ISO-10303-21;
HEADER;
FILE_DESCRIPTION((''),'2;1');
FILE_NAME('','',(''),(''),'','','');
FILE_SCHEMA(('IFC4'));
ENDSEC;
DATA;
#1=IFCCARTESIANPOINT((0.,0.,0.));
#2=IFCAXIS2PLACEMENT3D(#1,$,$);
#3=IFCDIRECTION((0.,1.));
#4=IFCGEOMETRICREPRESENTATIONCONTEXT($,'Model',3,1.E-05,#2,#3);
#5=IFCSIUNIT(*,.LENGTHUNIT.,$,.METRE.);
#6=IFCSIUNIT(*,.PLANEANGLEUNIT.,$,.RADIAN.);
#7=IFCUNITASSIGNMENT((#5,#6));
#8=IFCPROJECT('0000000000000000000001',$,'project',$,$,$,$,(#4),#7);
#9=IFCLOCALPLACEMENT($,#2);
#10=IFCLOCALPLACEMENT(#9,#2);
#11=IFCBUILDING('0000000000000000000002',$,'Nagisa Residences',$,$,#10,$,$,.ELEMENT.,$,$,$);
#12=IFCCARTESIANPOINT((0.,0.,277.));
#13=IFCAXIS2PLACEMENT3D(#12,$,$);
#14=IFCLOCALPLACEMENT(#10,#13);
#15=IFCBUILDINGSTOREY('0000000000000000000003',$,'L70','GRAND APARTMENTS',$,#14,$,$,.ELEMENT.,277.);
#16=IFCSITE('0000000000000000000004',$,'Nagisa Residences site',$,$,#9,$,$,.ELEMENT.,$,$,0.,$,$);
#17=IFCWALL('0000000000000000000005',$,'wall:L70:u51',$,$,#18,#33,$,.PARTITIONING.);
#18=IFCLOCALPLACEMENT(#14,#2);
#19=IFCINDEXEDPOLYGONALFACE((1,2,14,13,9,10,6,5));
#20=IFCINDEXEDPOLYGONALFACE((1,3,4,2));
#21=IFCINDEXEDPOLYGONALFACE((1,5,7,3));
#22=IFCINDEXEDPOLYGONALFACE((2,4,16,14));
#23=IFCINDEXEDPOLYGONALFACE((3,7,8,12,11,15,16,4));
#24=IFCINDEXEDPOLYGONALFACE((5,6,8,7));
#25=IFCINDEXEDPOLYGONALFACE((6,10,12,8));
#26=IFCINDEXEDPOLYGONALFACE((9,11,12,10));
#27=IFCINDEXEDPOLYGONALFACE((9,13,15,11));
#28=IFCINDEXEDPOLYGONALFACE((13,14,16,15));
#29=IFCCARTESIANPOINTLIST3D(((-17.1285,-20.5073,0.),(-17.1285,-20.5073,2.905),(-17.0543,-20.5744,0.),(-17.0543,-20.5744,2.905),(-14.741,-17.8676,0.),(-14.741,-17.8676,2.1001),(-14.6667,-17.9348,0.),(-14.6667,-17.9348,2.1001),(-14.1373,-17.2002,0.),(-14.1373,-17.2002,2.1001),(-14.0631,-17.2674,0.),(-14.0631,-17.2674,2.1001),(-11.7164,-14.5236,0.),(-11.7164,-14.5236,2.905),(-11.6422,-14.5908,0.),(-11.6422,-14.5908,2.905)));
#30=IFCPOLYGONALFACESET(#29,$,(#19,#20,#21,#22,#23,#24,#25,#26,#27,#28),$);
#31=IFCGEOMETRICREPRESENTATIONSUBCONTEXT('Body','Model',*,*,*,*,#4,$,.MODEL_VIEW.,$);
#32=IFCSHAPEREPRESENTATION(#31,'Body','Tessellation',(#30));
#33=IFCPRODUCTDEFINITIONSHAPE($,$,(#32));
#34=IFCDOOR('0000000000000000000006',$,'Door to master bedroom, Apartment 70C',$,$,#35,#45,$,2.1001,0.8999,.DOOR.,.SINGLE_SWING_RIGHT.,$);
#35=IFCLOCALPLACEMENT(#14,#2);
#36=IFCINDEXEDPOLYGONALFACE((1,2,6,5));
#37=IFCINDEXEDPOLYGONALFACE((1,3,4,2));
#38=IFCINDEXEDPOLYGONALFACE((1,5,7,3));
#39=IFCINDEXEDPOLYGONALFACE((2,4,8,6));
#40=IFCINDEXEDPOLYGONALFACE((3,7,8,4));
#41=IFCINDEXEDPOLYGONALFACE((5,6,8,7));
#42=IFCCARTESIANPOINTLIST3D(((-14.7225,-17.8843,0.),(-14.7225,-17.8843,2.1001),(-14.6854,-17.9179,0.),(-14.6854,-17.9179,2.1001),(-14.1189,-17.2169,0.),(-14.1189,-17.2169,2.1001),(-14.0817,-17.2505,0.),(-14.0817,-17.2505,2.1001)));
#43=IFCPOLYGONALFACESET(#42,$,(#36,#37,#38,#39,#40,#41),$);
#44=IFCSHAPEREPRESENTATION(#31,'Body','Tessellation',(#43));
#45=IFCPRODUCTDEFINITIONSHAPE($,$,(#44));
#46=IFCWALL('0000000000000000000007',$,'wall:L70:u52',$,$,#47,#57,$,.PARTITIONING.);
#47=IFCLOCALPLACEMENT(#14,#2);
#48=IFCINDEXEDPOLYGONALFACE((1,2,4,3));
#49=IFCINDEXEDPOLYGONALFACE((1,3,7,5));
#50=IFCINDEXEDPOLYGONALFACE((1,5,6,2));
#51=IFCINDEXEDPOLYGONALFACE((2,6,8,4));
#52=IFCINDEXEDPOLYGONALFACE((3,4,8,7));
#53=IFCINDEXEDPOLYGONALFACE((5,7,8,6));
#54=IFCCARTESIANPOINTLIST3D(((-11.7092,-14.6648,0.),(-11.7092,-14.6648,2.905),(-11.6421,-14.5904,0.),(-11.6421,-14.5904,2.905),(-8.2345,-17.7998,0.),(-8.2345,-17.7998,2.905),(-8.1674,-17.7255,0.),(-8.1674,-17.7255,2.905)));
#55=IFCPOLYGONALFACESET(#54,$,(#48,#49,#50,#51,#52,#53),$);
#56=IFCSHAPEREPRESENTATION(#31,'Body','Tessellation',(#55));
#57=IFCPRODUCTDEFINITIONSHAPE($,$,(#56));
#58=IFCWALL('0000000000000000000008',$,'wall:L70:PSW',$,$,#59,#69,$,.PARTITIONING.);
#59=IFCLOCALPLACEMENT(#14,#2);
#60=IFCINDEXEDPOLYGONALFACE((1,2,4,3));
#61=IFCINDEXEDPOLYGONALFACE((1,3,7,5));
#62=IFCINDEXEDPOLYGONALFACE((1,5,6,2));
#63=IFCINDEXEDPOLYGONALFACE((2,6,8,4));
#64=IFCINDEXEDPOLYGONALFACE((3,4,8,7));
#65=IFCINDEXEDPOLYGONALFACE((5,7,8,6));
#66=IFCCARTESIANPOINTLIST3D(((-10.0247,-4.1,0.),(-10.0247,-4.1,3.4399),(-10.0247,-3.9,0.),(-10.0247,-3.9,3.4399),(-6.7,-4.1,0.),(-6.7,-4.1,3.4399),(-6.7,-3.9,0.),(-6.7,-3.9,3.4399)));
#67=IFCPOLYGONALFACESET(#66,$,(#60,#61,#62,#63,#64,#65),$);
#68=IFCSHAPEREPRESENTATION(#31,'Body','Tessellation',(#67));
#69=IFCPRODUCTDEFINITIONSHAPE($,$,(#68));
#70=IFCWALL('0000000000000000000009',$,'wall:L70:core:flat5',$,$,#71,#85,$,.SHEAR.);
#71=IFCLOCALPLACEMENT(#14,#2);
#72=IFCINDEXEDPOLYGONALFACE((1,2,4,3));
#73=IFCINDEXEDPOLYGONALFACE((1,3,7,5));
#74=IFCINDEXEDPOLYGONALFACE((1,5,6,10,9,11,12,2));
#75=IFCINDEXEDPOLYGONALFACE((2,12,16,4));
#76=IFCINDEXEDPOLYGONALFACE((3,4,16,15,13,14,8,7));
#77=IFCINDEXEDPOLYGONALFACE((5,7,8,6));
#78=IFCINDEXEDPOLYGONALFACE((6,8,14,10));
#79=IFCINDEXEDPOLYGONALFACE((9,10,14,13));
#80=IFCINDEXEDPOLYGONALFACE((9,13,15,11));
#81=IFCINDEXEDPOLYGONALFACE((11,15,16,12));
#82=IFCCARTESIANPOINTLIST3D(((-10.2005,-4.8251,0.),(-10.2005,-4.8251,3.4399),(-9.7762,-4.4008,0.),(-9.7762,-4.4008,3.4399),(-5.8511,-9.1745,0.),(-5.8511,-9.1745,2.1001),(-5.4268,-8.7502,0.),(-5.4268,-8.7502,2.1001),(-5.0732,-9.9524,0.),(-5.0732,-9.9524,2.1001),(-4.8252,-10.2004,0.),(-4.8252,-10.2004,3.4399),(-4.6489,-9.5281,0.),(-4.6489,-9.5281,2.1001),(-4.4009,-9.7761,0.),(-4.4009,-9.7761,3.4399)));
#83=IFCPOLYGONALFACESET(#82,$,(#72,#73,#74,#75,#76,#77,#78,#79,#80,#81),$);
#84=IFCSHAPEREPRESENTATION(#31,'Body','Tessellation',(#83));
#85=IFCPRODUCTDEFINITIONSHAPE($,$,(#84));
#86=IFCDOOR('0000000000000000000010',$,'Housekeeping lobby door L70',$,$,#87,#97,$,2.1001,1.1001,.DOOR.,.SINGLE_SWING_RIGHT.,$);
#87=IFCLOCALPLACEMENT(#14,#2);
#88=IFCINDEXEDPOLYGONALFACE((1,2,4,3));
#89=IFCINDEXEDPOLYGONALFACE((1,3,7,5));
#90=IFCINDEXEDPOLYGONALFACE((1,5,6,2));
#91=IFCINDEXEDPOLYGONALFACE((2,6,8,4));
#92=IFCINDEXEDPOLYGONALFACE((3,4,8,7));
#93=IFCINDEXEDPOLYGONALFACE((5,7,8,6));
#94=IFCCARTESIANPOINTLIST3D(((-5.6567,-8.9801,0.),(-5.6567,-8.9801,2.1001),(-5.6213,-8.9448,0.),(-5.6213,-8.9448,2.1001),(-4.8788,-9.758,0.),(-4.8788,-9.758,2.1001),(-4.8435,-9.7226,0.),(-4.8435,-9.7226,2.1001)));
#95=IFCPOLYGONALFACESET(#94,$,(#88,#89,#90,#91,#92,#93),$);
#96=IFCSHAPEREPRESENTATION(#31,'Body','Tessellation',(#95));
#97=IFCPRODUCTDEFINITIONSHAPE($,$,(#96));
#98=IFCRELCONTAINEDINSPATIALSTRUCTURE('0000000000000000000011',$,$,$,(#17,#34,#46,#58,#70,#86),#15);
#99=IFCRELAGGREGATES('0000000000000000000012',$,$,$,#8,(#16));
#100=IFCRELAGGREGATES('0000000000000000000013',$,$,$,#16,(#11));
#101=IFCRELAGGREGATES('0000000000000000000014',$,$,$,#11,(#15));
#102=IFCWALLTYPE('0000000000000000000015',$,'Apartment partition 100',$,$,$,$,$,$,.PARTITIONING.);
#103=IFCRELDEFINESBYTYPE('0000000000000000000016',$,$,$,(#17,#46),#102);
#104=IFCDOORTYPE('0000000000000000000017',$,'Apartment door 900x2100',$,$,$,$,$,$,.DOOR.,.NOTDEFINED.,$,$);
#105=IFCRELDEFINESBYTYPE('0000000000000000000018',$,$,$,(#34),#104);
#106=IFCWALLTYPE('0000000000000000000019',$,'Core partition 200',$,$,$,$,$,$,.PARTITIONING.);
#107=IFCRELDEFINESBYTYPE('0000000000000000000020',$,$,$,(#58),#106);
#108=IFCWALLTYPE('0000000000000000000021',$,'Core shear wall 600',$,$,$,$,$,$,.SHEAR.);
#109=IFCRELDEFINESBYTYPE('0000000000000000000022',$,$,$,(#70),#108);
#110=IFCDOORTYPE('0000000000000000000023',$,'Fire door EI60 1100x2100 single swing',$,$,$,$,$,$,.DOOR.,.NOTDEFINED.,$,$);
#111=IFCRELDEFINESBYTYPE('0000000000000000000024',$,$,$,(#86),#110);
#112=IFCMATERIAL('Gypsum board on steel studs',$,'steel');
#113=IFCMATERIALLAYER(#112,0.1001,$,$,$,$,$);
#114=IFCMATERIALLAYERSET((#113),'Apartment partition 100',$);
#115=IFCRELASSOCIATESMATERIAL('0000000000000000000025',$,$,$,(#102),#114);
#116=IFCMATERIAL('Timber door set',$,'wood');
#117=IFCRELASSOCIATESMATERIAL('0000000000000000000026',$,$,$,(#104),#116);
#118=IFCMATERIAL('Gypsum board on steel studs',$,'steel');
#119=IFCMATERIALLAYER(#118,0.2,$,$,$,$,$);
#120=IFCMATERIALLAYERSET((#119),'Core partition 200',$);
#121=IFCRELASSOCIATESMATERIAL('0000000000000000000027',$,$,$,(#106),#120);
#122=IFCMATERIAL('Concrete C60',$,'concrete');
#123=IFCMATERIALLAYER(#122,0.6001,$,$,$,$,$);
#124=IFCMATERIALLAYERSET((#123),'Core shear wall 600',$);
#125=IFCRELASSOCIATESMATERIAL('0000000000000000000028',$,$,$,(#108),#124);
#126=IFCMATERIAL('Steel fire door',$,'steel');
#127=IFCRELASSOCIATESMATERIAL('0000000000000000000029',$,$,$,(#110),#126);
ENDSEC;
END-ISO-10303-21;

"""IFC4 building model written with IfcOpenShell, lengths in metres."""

from ifc_helpers import new_model, si_unit, direction, frame, frame_2d, origin, place, context, subcontext, project, spatial, rectangle, extrude, material, layer, layer_set, type_object, element, fill, save


model = new_model("IFC4")

# Units and contexts
model_context = context("Model", 3, precision=1e-05, world=origin(), true_north=direction((0.0, 1.0)))
body_context = subcontext(model_context, "Body", "Model", "MODEL_VIEW")
ifc_project = project(units=[si_unit("LENGTHUNIT", "METRE"), si_unit("PLANEANGLEUNIT", "RADIAN")], contexts=[model_context])

# Site, building, storey
site_placement = place(None, origin())
site = spatial("IfcSite", under=ifc_project, at=site_placement, Name="Nagisa Residences site", CompositionType="ELEMENT", RefElevation=0.0)
building_placement = place(site_placement, origin())
building = spatial("IfcBuilding", under=site, at=building_placement, Name="Nagisa Residences", CompositionType="ELEMENT")
storey_placement = place(building_placement, frame((0.0, 0.0, 277.0)))
storey = spatial("IfcBuildingStorey", under=building, at=storey_placement, Name="L70", Description="GRAND APARTMENTS", CompositionType="ELEMENT", Elevation=277.0)

# Shared definitions
ifc_material_1 = material(Name="Gypsum board on steel studs", Category="steel")
ifc_layer_1 = layer(ifc_material_1, 0.1001)
ifc_layer_set_1 = layer_set([ifc_layer_1], Name="Apartment partition 100")
wall_type_1 = type_object("IfcWallType", Name="Apartment partition 100", PredefinedType="PARTITIONING", material=ifc_layer_set_1)
ifc_material_2 = material(Name="Timber door set", Category="wood")
door_type_1 = type_object("IfcDoorType", Name="Apartment door 900x2100", OperationType="NOTDEFINED", PredefinedType="DOOR", material=ifc_material_2)

# Wall, opening, door
wall_1_placement = place(storey_placement, frame((-11.6792, -14.5571, 0.0), z_axis=(0.0, 0.0, 1.0), x_axis=(-0.6708, -0.741638, 0.0)))
wall_1 = element("IfcWall", 1, at=wall_1_placement, inside=storey, type_object=wall_type_1, Name="wall:L70:u51", PredefinedType="PARTITIONING", context=body_context, shape_type="SweptSolid", body=[
    extrude(rectangle(XDim=8.0681, YDim=0.1001, at=frame_2d((4.0342, 0.0))), origin(), (0.0, 0.0, 1.0), 2.905),
])
opening_1_placement = place(wall_1_placement, frame((3.6091, 0.0, 0.0)))
opening_1 = element("IfcOpeningElement", 2, at=opening_1_placement, cuts=wall_1, PredefinedType="OPENING", context=body_context, shape_type="SweptSolid", body=[
    extrude(rectangle(XDim=0.8999, YDim=2.1001, at=frame_2d((0.45, 1.05))), frame((0.0, 0.0601, 0.0), z_axis=(0.0, -1.0, 0.0), x_axis=(1.0, 0.0, 0.0)), (0.0, 0.0, 1.0), 0.1201),
])
door_1_placement = place(opening_1_placement, origin())
door_1 = element("IfcDoor", 3, at=door_1_placement, inside=storey, type_object=door_type_1, Name="Door to master bedroom, Apartment 70C", OperationType="SINGLE_SWING_RIGHT", OverallHeight=2.1001, OverallWidth=0.8999, PredefinedType="DOOR", context=body_context, shape_type="SweptSolid", body=[
    extrude(rectangle(XDim=0.8999, YDim=2.1001, at=frame_2d((0.45, 1.05))), frame((0.0, 0.0249, 0.0), z_axis=(0.0, -1.0, 0.0), x_axis=(1.0, 0.0, 0.0)), (0.0, 0.0, 1.0), 0.05),
])
fill(opening_1, door_1)

# Walls
wall_2_placement = place(storey_placement, frame((-11.6755, -14.6277, 0.0), z_axis=(0.0, 0.0, 1.0), x_axis=(0.742458, -0.669892, 0.0)))
element("IfcWall", 4, at=wall_2_placement, inside=storey, type_object=wall_type_1, Name="wall:L70:u52", PredefinedType="PARTITIONING", context=body_context, shape_type="SweptSolid", body=[
    extrude(rectangle(XDim=4.6799, YDim=0.1001, at=frame_2d((2.3398, 0.0))), origin(), (0.0, 0.0, 1.0), 2.905),
])
ifc_material_3 = material(Name="Gypsum board on steel studs", Category="steel")
ifc_layer_2 = layer(ifc_material_3, 0.2)
ifc_layer_set_2 = layer_set([ifc_layer_2], Name="Core partition 200")
wall_type_2 = type_object("IfcWallType", Name="Core partition 200", PredefinedType="PARTITIONING", material=ifc_layer_set_2)
wall_3_placement = place(storey_placement, frame((-10.0247, -4.0, 0.0), z_axis=(0.0, 0.0, 1.0), x_axis=(1.0, 0.0, 0.0)))
element("IfcWall", 5, at=wall_3_placement, inside=storey, type_object=wall_type_2, Name="wall:L70:PSW", PredefinedType="PARTITIONING", context=body_context, shape_type="SweptSolid", body=[
    extrude(rectangle(XDim=3.3247, YDim=0.2, at=frame_2d((1.6624, 0.0))), origin(), (0.0, 0.0, 1.0), 3.4399),
])

# Wall, opening, door
ifc_material_4 = material(Name="Concrete C60", Category="concrete")
ifc_layer_3 = layer(ifc_material_4, 0.6001)
ifc_layer_set_3 = layer_set([ifc_layer_3], Name="Core shear wall 600")
wall_type_3 = type_object("IfcWallType", Name="Core shear wall 600", PredefinedType="SHEAR", material=ifc_layer_set_3)
wall_4_placement = place(storey_placement, frame((-9.9883, -4.613, 0.0), z_axis=(0.0, 0.0, 1.0), x_axis=(0.707107, -0.707107, 0.0)))
wall_4 = element("IfcWall", 6, at=wall_4_placement, inside=storey, type_object=wall_type_3, Name="wall:L70:core:flat5", PredefinedType="SHEAR", context=body_context, shape_type="SweptSolid", body=[
    extrude(rectangle(XDim=7.6018, YDim=0.6001, at=frame_2d((3.8008, 0.0))), origin(), (0.0, 0.0, 1.0), 3.4399),
])
opening_2_placement = place(wall_4_placement, frame((6.1509, 0.0, 0.0)))
opening_2 = element("IfcOpeningElement", 7, at=opening_2_placement, cuts=wall_4, PredefinedType="OPENING", context=body_context, shape_type="SweptSolid", body=[
    extrude(rectangle(XDim=1.1001, YDim=2.1001, at=frame_2d((0.55, 1.05))), frame((0.0, 0.3101, 0.0), z_axis=(0.0, -1.0, 0.0), x_axis=(1.0, 0.0, 0.0)), (0.0, 0.0, 1.0), 0.6201),
])
ifc_material_5 = material(Name="Steel fire door", Category="steel")
door_type_2 = type_object("IfcDoorType", Name="Fire door EI60 1100x2100 single swing", OperationType="NOTDEFINED", PredefinedType="DOOR", material=ifc_material_5)
door_2_placement = place(opening_2_placement, origin())
door_2 = element("IfcDoor", 8, at=door_2_placement, inside=storey, type_object=door_type_2, Name="Housekeeping lobby door L70", OperationType="SINGLE_SWING_RIGHT", OverallHeight=2.1001, OverallWidth=1.1001, PredefinedType="DOOR", context=body_context, shape_type="SweptSolid", body=[
    extrude(rectangle(XDim=1.1001, YDim=2.1001, at=frame_2d((0.55, 1.05))), frame((0.0, 0.0249, 0.0), z_axis=(0.0, -1.0, 0.0), x_axis=(1.0, 0.0, 0.0)), (0.0, 0.0, 1.0), 0.05),
])
fill(opening_2, door_2)

save(model, "model.ifc")
